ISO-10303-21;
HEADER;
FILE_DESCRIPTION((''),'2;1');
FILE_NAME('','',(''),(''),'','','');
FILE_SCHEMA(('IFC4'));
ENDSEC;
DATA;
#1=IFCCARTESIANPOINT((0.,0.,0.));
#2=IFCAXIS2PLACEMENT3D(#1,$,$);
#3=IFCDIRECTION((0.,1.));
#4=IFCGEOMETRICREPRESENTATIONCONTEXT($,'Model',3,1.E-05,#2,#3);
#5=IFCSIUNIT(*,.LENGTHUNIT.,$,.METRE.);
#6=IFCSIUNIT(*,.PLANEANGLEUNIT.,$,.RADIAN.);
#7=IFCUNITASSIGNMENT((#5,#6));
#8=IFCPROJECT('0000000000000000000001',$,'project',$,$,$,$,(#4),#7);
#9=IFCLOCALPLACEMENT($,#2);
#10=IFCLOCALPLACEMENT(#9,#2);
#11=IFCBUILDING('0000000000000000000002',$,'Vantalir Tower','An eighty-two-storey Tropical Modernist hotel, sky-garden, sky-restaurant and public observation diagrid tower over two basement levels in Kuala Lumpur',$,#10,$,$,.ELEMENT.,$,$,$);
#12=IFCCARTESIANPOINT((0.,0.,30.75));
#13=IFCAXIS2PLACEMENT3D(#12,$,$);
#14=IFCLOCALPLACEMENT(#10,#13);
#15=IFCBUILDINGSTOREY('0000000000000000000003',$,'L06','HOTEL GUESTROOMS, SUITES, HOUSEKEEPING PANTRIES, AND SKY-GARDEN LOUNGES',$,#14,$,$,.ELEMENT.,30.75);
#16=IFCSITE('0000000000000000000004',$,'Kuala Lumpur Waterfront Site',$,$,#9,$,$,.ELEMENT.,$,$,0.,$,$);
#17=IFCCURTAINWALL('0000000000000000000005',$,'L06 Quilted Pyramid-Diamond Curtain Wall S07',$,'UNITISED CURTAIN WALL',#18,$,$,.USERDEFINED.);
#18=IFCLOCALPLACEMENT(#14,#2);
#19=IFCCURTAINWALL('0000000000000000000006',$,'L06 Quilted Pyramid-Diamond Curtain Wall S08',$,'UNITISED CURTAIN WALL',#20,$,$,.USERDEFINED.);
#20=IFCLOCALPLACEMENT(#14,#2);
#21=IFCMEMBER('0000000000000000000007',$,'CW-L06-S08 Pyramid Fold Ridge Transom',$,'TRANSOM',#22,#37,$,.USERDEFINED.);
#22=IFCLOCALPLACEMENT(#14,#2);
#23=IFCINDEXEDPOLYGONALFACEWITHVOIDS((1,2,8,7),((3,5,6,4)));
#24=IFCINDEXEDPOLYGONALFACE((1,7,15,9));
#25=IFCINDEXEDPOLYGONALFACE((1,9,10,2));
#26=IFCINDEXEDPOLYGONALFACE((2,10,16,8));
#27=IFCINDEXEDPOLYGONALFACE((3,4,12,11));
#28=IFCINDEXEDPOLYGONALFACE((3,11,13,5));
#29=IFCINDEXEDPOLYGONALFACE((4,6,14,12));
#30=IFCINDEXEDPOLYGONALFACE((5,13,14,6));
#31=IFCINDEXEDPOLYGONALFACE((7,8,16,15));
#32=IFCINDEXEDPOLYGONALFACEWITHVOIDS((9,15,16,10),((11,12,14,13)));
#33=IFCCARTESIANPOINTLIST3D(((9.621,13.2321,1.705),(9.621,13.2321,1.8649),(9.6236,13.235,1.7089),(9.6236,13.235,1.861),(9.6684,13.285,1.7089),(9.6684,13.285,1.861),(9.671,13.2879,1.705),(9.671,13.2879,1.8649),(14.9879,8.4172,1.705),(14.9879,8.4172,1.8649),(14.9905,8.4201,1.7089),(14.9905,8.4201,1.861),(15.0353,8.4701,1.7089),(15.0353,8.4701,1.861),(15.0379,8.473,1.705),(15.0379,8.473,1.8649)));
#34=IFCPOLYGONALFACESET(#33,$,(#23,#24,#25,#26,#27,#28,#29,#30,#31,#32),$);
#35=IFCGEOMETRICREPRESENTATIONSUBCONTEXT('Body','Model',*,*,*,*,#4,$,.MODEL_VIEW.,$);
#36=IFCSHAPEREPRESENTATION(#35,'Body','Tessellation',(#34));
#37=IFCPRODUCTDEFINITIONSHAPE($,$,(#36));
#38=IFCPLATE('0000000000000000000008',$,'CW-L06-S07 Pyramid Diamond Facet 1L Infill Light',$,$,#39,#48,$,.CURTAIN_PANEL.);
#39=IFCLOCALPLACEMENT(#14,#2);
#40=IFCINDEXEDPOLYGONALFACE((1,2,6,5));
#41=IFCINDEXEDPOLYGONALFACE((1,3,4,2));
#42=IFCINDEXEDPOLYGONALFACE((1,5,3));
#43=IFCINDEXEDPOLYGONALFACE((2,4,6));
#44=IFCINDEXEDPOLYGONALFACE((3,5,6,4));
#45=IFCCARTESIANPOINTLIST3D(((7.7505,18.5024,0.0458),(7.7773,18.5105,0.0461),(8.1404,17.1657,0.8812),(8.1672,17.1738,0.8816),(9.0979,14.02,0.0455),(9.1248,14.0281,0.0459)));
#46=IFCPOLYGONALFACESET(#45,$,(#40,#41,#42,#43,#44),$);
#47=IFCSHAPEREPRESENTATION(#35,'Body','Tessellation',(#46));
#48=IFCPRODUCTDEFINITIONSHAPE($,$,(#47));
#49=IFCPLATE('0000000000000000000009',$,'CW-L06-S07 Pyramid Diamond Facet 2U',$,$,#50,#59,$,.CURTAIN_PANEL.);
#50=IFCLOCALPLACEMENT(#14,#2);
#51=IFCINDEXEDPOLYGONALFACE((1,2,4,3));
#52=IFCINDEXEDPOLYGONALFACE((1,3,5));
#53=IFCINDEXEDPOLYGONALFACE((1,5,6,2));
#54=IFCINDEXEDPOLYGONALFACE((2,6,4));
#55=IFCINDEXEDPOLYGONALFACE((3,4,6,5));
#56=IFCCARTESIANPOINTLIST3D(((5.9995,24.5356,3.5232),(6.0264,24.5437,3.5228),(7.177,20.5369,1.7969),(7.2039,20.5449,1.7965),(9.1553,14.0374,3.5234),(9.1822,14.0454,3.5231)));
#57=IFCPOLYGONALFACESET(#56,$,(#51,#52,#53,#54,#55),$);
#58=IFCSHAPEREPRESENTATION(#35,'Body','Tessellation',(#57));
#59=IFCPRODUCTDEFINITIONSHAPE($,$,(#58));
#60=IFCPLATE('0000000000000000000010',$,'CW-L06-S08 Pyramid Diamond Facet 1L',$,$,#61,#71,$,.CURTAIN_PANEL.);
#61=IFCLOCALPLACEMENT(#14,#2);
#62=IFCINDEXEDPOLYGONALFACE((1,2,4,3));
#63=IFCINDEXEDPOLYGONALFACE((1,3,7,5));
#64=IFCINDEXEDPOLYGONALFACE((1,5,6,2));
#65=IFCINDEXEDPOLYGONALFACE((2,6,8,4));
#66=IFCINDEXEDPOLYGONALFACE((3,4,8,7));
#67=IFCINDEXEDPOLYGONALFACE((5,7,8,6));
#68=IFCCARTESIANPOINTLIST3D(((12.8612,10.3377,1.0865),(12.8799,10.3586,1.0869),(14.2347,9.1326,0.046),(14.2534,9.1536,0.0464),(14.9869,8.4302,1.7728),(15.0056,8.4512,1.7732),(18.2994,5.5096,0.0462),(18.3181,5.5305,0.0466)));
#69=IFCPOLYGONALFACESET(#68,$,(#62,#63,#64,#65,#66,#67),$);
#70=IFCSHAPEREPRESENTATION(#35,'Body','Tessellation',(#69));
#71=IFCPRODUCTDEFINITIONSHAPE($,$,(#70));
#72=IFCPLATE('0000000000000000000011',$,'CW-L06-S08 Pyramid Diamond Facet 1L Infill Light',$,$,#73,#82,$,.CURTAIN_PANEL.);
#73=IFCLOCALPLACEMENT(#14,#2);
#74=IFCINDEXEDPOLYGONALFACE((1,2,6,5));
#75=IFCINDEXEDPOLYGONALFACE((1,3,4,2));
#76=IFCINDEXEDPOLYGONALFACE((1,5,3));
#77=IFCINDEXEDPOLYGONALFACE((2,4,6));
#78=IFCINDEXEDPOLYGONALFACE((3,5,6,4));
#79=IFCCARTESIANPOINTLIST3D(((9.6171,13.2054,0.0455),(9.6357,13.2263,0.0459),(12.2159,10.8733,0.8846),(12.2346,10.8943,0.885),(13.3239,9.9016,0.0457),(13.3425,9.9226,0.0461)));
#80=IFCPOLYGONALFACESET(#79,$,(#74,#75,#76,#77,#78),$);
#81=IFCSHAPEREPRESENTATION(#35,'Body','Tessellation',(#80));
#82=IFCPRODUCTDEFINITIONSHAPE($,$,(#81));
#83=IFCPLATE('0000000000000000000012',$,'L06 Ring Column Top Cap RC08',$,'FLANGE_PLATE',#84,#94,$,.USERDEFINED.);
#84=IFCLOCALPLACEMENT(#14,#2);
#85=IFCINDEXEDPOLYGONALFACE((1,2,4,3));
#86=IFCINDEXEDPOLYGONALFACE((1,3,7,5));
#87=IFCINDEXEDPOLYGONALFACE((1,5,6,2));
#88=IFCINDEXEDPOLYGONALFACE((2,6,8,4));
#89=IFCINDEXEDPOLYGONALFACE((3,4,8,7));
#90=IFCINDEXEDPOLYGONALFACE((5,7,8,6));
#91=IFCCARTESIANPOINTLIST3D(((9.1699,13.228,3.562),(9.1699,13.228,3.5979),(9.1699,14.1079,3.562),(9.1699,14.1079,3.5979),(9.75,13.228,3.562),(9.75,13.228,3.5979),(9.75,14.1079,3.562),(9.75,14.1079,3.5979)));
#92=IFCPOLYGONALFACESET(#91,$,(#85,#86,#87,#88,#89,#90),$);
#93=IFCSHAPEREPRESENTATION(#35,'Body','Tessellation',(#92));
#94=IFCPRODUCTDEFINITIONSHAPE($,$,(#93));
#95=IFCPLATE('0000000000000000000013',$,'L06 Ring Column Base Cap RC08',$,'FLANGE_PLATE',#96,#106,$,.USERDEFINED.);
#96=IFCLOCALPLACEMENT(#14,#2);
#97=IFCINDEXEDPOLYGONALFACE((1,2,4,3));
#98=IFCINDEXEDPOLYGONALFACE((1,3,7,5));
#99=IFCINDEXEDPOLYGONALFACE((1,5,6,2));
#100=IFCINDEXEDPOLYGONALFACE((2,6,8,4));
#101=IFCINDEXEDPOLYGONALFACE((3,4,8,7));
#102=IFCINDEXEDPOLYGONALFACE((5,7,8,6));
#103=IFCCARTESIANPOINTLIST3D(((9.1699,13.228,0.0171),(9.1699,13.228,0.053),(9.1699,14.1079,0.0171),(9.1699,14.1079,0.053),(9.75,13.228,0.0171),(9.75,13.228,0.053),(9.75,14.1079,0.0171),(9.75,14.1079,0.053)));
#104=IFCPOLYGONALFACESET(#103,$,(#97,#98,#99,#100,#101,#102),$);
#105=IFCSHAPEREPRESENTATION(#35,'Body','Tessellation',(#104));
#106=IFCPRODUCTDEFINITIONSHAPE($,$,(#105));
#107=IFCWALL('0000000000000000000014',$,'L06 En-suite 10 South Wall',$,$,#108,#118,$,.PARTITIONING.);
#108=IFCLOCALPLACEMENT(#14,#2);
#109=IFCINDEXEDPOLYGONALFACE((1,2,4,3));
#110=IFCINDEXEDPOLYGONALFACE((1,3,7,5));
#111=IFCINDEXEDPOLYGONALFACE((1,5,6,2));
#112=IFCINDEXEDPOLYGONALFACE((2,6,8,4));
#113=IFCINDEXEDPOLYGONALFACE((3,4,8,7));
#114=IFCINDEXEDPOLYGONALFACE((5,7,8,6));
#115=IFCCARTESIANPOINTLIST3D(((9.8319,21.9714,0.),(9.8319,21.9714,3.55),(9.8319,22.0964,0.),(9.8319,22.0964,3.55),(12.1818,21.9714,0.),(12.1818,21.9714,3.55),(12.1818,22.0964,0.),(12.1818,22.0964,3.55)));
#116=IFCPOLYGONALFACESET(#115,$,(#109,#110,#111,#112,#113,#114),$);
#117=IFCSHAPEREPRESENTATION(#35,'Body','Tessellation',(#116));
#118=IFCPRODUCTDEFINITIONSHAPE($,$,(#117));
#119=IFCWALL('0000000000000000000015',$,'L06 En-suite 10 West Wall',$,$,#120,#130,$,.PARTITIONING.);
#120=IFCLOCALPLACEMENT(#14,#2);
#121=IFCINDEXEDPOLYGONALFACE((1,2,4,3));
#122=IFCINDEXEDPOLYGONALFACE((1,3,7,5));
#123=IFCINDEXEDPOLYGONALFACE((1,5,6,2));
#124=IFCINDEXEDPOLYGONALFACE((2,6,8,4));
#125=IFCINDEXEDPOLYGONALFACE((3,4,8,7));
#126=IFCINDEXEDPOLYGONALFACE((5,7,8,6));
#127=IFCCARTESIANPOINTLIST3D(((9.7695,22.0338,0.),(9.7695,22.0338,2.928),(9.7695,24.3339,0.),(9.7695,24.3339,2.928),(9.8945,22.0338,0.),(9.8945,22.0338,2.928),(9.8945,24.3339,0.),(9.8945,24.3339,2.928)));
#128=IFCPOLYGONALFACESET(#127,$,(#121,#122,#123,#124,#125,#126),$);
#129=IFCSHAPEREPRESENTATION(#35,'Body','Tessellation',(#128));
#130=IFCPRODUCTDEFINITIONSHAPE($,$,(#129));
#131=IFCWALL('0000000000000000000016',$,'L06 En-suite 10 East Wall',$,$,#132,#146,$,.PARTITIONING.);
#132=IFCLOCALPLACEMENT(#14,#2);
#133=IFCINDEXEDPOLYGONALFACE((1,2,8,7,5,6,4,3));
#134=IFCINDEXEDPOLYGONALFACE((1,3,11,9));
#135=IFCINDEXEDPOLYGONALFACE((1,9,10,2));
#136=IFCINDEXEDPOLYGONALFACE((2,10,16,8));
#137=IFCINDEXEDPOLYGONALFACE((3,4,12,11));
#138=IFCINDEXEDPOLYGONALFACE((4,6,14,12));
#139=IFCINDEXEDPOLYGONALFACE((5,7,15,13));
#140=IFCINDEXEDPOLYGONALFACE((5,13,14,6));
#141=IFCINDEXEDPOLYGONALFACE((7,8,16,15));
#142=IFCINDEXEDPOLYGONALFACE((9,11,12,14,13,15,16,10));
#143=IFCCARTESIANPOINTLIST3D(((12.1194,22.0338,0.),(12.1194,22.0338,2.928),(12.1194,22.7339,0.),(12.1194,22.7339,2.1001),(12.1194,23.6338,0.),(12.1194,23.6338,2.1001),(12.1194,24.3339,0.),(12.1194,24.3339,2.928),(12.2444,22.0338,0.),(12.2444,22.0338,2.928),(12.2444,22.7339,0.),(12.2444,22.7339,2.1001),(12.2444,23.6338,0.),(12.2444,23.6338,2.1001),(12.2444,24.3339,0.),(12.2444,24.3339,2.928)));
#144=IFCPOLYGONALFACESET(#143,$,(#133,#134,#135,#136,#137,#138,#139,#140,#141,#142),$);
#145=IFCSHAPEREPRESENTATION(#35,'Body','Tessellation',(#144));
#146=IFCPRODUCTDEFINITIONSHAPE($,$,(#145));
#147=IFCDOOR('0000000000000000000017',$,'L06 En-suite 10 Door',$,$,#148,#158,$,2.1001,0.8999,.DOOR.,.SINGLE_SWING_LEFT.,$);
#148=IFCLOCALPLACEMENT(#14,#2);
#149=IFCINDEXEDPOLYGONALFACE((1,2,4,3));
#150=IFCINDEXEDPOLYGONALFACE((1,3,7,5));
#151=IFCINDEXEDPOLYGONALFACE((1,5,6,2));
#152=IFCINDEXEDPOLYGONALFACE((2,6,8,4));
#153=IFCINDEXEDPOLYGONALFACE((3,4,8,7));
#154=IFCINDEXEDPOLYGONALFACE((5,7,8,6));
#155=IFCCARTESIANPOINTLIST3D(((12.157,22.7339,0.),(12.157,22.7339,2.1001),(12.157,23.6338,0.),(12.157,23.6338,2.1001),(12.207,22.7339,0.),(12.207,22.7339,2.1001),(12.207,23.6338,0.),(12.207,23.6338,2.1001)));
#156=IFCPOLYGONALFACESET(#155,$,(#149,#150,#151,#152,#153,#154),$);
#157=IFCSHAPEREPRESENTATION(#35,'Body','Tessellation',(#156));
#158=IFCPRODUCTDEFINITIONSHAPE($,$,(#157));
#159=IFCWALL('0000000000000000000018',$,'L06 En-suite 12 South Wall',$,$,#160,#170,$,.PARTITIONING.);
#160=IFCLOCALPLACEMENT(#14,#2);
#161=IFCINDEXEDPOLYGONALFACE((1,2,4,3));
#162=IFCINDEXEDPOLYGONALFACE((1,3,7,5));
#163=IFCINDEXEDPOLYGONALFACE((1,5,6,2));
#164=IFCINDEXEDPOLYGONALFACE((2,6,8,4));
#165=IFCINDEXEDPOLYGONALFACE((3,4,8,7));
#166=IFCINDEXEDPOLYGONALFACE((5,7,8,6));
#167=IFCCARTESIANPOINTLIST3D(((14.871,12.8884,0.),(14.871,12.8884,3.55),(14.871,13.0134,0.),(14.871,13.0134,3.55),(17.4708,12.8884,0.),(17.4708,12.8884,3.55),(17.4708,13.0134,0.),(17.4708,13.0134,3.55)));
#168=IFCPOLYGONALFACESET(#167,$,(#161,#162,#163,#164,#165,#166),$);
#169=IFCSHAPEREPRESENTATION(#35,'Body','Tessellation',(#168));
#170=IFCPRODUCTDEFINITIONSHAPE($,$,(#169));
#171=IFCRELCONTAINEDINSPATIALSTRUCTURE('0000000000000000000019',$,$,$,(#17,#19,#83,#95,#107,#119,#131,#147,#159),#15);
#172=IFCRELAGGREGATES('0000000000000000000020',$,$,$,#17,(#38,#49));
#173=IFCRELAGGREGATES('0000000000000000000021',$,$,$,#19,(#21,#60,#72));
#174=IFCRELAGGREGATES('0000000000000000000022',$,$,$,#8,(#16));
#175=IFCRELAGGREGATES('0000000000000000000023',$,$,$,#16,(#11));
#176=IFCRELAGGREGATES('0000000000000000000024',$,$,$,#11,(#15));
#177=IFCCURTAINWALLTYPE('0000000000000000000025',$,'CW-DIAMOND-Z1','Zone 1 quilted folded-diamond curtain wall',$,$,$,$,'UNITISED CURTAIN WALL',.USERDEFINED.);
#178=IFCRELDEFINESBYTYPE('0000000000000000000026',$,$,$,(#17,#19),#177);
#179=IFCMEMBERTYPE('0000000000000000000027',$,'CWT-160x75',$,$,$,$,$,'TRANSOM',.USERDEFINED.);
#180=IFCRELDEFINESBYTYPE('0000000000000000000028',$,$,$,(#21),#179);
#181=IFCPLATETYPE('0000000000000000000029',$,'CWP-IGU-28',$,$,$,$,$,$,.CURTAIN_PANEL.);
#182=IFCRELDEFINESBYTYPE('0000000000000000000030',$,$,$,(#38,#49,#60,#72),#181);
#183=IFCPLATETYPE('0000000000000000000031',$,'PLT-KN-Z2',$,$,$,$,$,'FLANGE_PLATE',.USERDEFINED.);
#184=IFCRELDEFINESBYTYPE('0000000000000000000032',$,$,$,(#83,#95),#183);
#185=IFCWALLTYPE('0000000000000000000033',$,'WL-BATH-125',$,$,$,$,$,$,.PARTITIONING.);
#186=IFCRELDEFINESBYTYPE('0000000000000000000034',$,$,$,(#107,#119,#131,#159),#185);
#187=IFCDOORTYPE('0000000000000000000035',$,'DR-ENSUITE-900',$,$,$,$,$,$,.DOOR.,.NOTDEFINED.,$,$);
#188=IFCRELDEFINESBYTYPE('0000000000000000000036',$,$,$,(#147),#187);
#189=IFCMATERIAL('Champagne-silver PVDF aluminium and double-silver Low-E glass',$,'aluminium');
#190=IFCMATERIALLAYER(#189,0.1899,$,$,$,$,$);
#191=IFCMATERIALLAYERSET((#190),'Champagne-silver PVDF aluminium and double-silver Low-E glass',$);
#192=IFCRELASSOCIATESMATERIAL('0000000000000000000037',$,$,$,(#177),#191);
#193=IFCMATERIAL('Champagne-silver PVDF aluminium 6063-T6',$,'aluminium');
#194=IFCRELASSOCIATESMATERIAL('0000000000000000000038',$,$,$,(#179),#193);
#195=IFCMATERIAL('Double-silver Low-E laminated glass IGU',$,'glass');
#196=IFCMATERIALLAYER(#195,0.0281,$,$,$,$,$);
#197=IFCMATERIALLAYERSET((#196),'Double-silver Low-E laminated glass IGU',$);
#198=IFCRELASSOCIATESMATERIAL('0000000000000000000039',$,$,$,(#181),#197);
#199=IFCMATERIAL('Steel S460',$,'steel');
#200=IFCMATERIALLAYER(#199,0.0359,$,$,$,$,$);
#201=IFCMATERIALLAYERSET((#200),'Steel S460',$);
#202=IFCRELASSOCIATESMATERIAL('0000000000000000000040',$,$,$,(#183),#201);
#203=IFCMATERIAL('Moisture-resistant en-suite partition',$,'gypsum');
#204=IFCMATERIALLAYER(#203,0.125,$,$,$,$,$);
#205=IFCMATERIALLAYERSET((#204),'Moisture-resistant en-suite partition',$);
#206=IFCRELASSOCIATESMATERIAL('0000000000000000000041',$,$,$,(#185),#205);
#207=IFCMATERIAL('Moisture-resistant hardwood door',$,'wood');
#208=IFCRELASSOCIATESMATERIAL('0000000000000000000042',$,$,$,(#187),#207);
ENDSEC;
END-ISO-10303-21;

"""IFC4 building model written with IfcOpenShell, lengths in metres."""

from ifc_helpers import new_model, si_unit, direction, frame, frame_2d, origin, origin_2d, place, context, subcontext, project, spatial, polyline, rectangle, hollow_rectangle, outline, extrude, material, layer, layer_set, material_profile, profile_set, type_object, element, fill, aggregate, save


model = new_model("IFC4")

# Units and contexts
model_context = context("Model", 3, precision=1e-05, world=origin(), true_north=direction((0.0, 1.0)))
body_context = subcontext(model_context, "Body", "Model", "MODEL_VIEW")
ifc_project = project(units=[si_unit("LENGTHUNIT", "METRE"), si_unit("PLANEANGLEUNIT", "RADIAN")], contexts=[model_context])

# Site, building, storey
site_placement = place(None, origin())
site = spatial("IfcSite", under=ifc_project, at=site_placement, Name="Kuala Lumpur Waterfront Site", CompositionType="ELEMENT", RefElevation=0.0)
building_placement = place(site_placement, origin())
building = spatial("IfcBuilding", under=site, at=building_placement, Name="Vantalir Tower", Description="An eighty-two-storey Tropical Modernist hotel, sky-garden, sky-restaurant and public observation diagrid tower over two basement levels in Kuala Lumpur", CompositionType="ELEMENT")
storey_placement = place(building_placement, frame((0.0, 0.0, 30.75)))
storey = spatial("IfcBuildingStorey", under=building, at=storey_placement, Name="L06", Description="HOTEL GUESTROOMS, SUITES, HOUSEKEEPING PANTRIES, AND SKY-GARDEN LOUNGES", CompositionType="ELEMENT", Elevation=30.75)

# Shared definitions
ifc_material_1 = material(Name="Steel S460", Category="steel")

# Curtain wall
ifc_material_2 = material(Name="Champagne-silver PVDF aluminium and double-silver Low-E glass", Category="aluminium")
ifc_layer_1 = layer(ifc_material_2, 0.1899)
ifc_layer_set_1 = layer_set([ifc_layer_1], Name="Champagne-silver PVDF aluminium and double-silver Low-E glass")
curtain_wall_type = type_object("IfcCurtainWallType", Name="CW-DIAMOND-Z1", Description="Zone 1 quilted folded-diamond curtain wall", ElementType="UNITISED CURTAIN WALL", PredefinedType="USERDEFINED", material=ifc_layer_set_1)
curtain_wall_1_placement = place(storey_placement, origin())
curtain_wall_1 = element("IfcCurtainWall", 1, at=curtain_wall_1_placement, inside=storey, type_object=curtain_wall_type, Name="L06 Quilted Pyramid-Diamond Curtain Wall S07", ObjectType="UNITISED CURTAIN WALL", PredefinedType="USERDEFINED")
ifc_material_3 = material(Name="Champagne-silver PVDF aluminium 6063-T6", Category="aluminium")

# Curtain wall, member
curtain_wall_2_placement = place(storey_placement, origin())
curtain_wall_2 = element("IfcCurtainWall", 2, at=curtain_wall_2_placement, inside=storey, type_object=curtain_wall_type, Name="L06 Quilted Pyramid-Diamond Curtain Wall S08", ObjectType="UNITISED CURTAIN WALL", PredefinedType="USERDEFINED")
ifc_material_profile_1 = material_profile(ifc_material_3, hollow_rectangle(XDim=0.075, YDim=0.1599, WallThickness=0.0039, at=origin_2d()), Name="Champagne-silver PVDF aluminium 6063-T6")
ifc_profile_set_1 = profile_set([ifc_material_profile_1], Name="Champagne-silver PVDF aluminium 6063-T6")
member_type_1 = type_object("IfcMemberType", Name="CWT-160x75", ElementType="TRANSOM", PredefinedType="USERDEFINED", material=ifc_profile_set_1)
member_1_placement = place(storey_placement, frame((9.646, 13.26, 1.7849), z_axis=(0.744349, -0.667791, 0.0), x_axis=(0.667791, 0.744349, 0.0)))
member_1 = element("IfcMember", 3, at=member_1_placement, type_object=member_type_1, Name="CW-L06-S08 Pyramid Fold Ridge Transom", ObjectType="TRANSOM", PredefinedType="USERDEFINED", context=body_context, shape_type="SweptSolid", body=[
    extrude(hollow_rectangle(XDim=0.075, YDim=0.1599, WallThickness=0.0039, at=origin_2d()), origin(), (0.0, 0.0, 1.0), 7.2102),
])

# Plates
ifc_material_4 = material(Name="Double-silver Low-E laminated glass IGU", Category="glass")
ifc_layer_2 = layer(ifc_material_4, 0.0281)
ifc_layer_set_2 = layer_set([ifc_layer_2], Name="Double-silver Low-E laminated glass IGU")
plate_type_1 = type_object("IfcPlateType", Name="CWP-IGU-28", PredefinedType="CURTAIN_PANEL", material=ifc_layer_set_2)
plate_1_placement = place(storey_placement, frame((7.7773, 18.5105, 0.0461), z_axis=(0.957579, 0.287847, 0.013649), x_axis=(0.287874, -0.957668, -0.000052)))
plate_1 = element("IfcPlate", 4, at=plate_1_placement, type_object=plate_type_1, Name="CW-L06-S07 Pyramid Diamond Facet 1L Infill Light", PredefinedType="CURTAIN_PANEL", context=body_context, shape_type="SweptSolid", body=[
    extrude(outline(polyline([(0.0, 0.0), (4.6806, 0.0), (1.3923, -0.8356), (0.0, 0.0)])), origin(), (0.0, 0.0, -1.0), 0.0281),
])
plate_2_placement = place(storey_placement, frame((9.1553, 14.0374, 3.5234), z_axis=(-0.95758, -0.287846, 0.013608), x_axis=(-0.287873, 0.957669, -0.000022)))
plate_2 = element("IfcPlate", 5, at=plate_2_placement, type_object=plate_type_1, Name="CW-L06-S07 Pyramid Diamond Facet 2U", PredefinedType="CURTAIN_PANEL", context=body_context, shape_type="SweptSolid", body=[
    extrude(outline(polyline([(0.0, 0.0), (10.9623, 0.0), (6.7939, 1.7266), (0.0, 0.0)])), origin(), (0.0, 0.0, -1.0), 0.0281),
])
aggregate(curtain_wall_1, [plate_1, plate_2])
plate_3_placement = place(storey_placement, frame((14.2534, 9.1536, 0.0464), z_axis=(0.665325, 0.746426, 0.013799), x_axis=(0.746497, -0.665389, 0.000045)))
plate_3 = element("IfcPlate", 6, at=plate_3_placement, type_object=plate_type_1, Name="CW-L06-S08 Pyramid Diamond Facet 1L", PredefinedType="CURTAIN_PANEL", context=body_context, shape_type="SweptSolid", body=[
    extrude(outline(polyline([(0.0, 0.0), (5.445, 0.0), (1.029, -1.7269), (-1.8271, -1.0407), (0.0, 0.0)])), origin(), (0.0, 0.0, -1.0), 0.0281),
])
plate_4_placement = place(storey_placement, frame((9.6357, 13.2263, 0.0459), z_axis=(0.665286, 0.746457, 0.014019), x_axis=(0.74653, -0.665352, 0.000049)))
plate_4 = element("IfcPlate", 7, at=plate_4_placement, type_object=plate_type_1, Name="CW-L06-S08 Pyramid Diamond Facet 1L Infill Light", PredefinedType="CURTAIN_PANEL", context=body_context, shape_type="SweptSolid", body=[
    extrude(outline(polyline([(0.0, 0.0), (4.9654, 0.0), (3.4918, -0.839), (0.0, 0.0)])), origin(), (0.0, 0.0, -1.0), 0.0281),
])
aggregate(curtain_wall_2, [member_1, plate_3, plate_4])

# Plates
ifc_layer_3 = layer(ifc_material_1, 0.0359)
ifc_layer_set_3 = layer_set([ifc_layer_3], Name="Steel S460")
plate_type_2 = type_object("IfcPlateType", Name="PLT-KN-Z2", ElementType="FLANGE_PLATE", PredefinedType="USERDEFINED", material=ifc_layer_set_3)
for number, where, z_axis, x_axis, name in (
    (8, (9.1699, 14.1079, 3.5979), (0.0, 0.0, 1.0), (0.0, -1.0, 0.0), "L06 Ring Column Top Cap RC08"),
    (9, (9.1699, 14.1079, 0.053), (0.0, 0.0, 1.0), (0.0, -1.0, 0.0), "L06 Ring Column Base Cap RC08"),
):
    element("IfcPlate", number, at=place(storey_placement, frame(where, z_axis=z_axis, x_axis=x_axis)), inside=storey, type_object=plate_type_2, Name=name, ObjectType="FLANGE_PLATE", PredefinedType="USERDEFINED", context=body_context, shape_type="SweptSolid", body=[
        extrude(outline(polyline([(0.0, 0.0), (0.8799, 0.0), (0.8799, 0.5801), (0.0, 0.5801), (0.0, 0.0)])), origin(), (0.0, 0.0, -1.0), 0.0359),
    ])

# Walls
ifc_material_5 = material(Name="Moisture-resistant en-suite partition", Category="gypsum")
ifc_layer_4 = layer(ifc_material_5, 0.125)
ifc_layer_set_4 = layer_set([ifc_layer_4], Name="Moisture-resistant en-suite partition")
wall_type = type_object("IfcWallType", Name="WL-BATH-125", PredefinedType="PARTITIONING", material=ifc_layer_set_4)
wall_1_placement = place(storey_placement, frame((9.832, 22.0339, 0.0), z_axis=(0.0, 0.0, 1.0), x_axis=(1.0, 0.0, 0.0)))
element("IfcWall", 10, at=wall_1_placement, inside=storey, type_object=wall_type, Name="L06 En-suite 10 South Wall", PredefinedType="PARTITIONING", context=body_context, shape_type="SweptSolid", body=[
    extrude(rectangle(XDim=2.3499, YDim=0.125, at=frame_2d((1.1748, 0.0))), origin(), (0.0, 0.0, 1.0), 3.55),
])
wall_2_placement = place(storey_placement, frame((9.832, 22.0339, 0.0), z_axis=(0.0, 0.0, 1.0), x_axis=(0.0, 1.0, 0.0)))
element("IfcWall", 11, at=wall_2_placement, inside=storey, type_object=wall_type, Name="L06 En-suite 10 West Wall", PredefinedType="PARTITIONING", context=body_context, shape_type="SweptSolid", body=[
    extrude(rectangle(XDim=2.3, YDim=0.125, at=frame_2d((1.1499, 0.0))), origin(), (0.0, 0.0, 1.0), 2.928),
])

# Wall, opening, door
wall_3_placement = place(storey_placement, frame((12.1819, 22.0339, 0.0), z_axis=(0.0, 0.0, 1.0), x_axis=(0.0, 1.0, 0.0)))
wall_3 = element("IfcWall", 12, at=wall_3_placement, inside=storey, type_object=wall_type, Name="L06 En-suite 10 East Wall", PredefinedType="PARTITIONING", context=body_context, shape_type="SweptSolid", body=[
    extrude(rectangle(XDim=2.3, YDim=0.125, at=frame_2d((1.1499, 0.0))), origin(), (0.0, 0.0, 1.0), 2.928),
])
opening_1_placement = place(wall_3_placement, frame((0.7, 0.0, 0.0)))
opening_1 = element("IfcOpeningElement", 13, at=opening_1_placement, cuts=wall_3, PredefinedType="OPENING", context=body_context, shape_type="SweptSolid", body=[
    extrude(rectangle(XDim=0.8999, YDim=2.1001, at=frame_2d((0.45, 1.05))), frame((0.0, 0.0725, 0.0), z_axis=(0.0, -1.0, 0.0), x_axis=(1.0, 0.0, 0.0)), (0.0, 0.0, 1.0), 0.145),
])
ifc_material_6 = material(Name="Moisture-resistant hardwood door", Category="wood")
door_type = type_object("IfcDoorType", Name="DR-ENSUITE-900", OperationType="NOTDEFINED", PredefinedType="DOOR", material=ifc_material_6)
door_1_placement = place(opening_1_placement, origin())
door_1 = element("IfcDoor", 14, at=door_1_placement, inside=storey, type_object=door_type, Name="L06 En-suite 10 Door", OperationType="SINGLE_SWING_LEFT", OverallHeight=2.1001, OverallWidth=0.8999, PredefinedType="DOOR", context=body_context, shape_type="SweptSolid", body=[
    extrude(rectangle(XDim=0.8999, YDim=2.1001, at=frame_2d((0.45, 1.05))), frame((0.0, 0.0249, 0.0), z_axis=(0.0, -1.0, 0.0), x_axis=(1.0, 0.0, 0.0)), (0.0, 0.0, 1.0), 0.05),
])
fill(opening_1, door_1)

# Wall
wall_4_placement = place(storey_placement, frame((14.8711, 12.9509, 0.0), z_axis=(0.0, 0.0, 1.0), x_axis=(1.0, 0.0, 0.0)))
element("IfcWall", 15, at=wall_4_placement, inside=storey, type_object=wall_type, Name="L06 En-suite 12 South Wall", PredefinedType="PARTITIONING", context=body_context, shape_type="SweptSolid", body=[
    extrude(rectangle(XDim=2.5999, YDim=0.125, at=frame_2d((1.2998, 0.0))), origin(), (0.0, 0.0, 1.0), 3.55),
])

save(model, "model.ifc")
